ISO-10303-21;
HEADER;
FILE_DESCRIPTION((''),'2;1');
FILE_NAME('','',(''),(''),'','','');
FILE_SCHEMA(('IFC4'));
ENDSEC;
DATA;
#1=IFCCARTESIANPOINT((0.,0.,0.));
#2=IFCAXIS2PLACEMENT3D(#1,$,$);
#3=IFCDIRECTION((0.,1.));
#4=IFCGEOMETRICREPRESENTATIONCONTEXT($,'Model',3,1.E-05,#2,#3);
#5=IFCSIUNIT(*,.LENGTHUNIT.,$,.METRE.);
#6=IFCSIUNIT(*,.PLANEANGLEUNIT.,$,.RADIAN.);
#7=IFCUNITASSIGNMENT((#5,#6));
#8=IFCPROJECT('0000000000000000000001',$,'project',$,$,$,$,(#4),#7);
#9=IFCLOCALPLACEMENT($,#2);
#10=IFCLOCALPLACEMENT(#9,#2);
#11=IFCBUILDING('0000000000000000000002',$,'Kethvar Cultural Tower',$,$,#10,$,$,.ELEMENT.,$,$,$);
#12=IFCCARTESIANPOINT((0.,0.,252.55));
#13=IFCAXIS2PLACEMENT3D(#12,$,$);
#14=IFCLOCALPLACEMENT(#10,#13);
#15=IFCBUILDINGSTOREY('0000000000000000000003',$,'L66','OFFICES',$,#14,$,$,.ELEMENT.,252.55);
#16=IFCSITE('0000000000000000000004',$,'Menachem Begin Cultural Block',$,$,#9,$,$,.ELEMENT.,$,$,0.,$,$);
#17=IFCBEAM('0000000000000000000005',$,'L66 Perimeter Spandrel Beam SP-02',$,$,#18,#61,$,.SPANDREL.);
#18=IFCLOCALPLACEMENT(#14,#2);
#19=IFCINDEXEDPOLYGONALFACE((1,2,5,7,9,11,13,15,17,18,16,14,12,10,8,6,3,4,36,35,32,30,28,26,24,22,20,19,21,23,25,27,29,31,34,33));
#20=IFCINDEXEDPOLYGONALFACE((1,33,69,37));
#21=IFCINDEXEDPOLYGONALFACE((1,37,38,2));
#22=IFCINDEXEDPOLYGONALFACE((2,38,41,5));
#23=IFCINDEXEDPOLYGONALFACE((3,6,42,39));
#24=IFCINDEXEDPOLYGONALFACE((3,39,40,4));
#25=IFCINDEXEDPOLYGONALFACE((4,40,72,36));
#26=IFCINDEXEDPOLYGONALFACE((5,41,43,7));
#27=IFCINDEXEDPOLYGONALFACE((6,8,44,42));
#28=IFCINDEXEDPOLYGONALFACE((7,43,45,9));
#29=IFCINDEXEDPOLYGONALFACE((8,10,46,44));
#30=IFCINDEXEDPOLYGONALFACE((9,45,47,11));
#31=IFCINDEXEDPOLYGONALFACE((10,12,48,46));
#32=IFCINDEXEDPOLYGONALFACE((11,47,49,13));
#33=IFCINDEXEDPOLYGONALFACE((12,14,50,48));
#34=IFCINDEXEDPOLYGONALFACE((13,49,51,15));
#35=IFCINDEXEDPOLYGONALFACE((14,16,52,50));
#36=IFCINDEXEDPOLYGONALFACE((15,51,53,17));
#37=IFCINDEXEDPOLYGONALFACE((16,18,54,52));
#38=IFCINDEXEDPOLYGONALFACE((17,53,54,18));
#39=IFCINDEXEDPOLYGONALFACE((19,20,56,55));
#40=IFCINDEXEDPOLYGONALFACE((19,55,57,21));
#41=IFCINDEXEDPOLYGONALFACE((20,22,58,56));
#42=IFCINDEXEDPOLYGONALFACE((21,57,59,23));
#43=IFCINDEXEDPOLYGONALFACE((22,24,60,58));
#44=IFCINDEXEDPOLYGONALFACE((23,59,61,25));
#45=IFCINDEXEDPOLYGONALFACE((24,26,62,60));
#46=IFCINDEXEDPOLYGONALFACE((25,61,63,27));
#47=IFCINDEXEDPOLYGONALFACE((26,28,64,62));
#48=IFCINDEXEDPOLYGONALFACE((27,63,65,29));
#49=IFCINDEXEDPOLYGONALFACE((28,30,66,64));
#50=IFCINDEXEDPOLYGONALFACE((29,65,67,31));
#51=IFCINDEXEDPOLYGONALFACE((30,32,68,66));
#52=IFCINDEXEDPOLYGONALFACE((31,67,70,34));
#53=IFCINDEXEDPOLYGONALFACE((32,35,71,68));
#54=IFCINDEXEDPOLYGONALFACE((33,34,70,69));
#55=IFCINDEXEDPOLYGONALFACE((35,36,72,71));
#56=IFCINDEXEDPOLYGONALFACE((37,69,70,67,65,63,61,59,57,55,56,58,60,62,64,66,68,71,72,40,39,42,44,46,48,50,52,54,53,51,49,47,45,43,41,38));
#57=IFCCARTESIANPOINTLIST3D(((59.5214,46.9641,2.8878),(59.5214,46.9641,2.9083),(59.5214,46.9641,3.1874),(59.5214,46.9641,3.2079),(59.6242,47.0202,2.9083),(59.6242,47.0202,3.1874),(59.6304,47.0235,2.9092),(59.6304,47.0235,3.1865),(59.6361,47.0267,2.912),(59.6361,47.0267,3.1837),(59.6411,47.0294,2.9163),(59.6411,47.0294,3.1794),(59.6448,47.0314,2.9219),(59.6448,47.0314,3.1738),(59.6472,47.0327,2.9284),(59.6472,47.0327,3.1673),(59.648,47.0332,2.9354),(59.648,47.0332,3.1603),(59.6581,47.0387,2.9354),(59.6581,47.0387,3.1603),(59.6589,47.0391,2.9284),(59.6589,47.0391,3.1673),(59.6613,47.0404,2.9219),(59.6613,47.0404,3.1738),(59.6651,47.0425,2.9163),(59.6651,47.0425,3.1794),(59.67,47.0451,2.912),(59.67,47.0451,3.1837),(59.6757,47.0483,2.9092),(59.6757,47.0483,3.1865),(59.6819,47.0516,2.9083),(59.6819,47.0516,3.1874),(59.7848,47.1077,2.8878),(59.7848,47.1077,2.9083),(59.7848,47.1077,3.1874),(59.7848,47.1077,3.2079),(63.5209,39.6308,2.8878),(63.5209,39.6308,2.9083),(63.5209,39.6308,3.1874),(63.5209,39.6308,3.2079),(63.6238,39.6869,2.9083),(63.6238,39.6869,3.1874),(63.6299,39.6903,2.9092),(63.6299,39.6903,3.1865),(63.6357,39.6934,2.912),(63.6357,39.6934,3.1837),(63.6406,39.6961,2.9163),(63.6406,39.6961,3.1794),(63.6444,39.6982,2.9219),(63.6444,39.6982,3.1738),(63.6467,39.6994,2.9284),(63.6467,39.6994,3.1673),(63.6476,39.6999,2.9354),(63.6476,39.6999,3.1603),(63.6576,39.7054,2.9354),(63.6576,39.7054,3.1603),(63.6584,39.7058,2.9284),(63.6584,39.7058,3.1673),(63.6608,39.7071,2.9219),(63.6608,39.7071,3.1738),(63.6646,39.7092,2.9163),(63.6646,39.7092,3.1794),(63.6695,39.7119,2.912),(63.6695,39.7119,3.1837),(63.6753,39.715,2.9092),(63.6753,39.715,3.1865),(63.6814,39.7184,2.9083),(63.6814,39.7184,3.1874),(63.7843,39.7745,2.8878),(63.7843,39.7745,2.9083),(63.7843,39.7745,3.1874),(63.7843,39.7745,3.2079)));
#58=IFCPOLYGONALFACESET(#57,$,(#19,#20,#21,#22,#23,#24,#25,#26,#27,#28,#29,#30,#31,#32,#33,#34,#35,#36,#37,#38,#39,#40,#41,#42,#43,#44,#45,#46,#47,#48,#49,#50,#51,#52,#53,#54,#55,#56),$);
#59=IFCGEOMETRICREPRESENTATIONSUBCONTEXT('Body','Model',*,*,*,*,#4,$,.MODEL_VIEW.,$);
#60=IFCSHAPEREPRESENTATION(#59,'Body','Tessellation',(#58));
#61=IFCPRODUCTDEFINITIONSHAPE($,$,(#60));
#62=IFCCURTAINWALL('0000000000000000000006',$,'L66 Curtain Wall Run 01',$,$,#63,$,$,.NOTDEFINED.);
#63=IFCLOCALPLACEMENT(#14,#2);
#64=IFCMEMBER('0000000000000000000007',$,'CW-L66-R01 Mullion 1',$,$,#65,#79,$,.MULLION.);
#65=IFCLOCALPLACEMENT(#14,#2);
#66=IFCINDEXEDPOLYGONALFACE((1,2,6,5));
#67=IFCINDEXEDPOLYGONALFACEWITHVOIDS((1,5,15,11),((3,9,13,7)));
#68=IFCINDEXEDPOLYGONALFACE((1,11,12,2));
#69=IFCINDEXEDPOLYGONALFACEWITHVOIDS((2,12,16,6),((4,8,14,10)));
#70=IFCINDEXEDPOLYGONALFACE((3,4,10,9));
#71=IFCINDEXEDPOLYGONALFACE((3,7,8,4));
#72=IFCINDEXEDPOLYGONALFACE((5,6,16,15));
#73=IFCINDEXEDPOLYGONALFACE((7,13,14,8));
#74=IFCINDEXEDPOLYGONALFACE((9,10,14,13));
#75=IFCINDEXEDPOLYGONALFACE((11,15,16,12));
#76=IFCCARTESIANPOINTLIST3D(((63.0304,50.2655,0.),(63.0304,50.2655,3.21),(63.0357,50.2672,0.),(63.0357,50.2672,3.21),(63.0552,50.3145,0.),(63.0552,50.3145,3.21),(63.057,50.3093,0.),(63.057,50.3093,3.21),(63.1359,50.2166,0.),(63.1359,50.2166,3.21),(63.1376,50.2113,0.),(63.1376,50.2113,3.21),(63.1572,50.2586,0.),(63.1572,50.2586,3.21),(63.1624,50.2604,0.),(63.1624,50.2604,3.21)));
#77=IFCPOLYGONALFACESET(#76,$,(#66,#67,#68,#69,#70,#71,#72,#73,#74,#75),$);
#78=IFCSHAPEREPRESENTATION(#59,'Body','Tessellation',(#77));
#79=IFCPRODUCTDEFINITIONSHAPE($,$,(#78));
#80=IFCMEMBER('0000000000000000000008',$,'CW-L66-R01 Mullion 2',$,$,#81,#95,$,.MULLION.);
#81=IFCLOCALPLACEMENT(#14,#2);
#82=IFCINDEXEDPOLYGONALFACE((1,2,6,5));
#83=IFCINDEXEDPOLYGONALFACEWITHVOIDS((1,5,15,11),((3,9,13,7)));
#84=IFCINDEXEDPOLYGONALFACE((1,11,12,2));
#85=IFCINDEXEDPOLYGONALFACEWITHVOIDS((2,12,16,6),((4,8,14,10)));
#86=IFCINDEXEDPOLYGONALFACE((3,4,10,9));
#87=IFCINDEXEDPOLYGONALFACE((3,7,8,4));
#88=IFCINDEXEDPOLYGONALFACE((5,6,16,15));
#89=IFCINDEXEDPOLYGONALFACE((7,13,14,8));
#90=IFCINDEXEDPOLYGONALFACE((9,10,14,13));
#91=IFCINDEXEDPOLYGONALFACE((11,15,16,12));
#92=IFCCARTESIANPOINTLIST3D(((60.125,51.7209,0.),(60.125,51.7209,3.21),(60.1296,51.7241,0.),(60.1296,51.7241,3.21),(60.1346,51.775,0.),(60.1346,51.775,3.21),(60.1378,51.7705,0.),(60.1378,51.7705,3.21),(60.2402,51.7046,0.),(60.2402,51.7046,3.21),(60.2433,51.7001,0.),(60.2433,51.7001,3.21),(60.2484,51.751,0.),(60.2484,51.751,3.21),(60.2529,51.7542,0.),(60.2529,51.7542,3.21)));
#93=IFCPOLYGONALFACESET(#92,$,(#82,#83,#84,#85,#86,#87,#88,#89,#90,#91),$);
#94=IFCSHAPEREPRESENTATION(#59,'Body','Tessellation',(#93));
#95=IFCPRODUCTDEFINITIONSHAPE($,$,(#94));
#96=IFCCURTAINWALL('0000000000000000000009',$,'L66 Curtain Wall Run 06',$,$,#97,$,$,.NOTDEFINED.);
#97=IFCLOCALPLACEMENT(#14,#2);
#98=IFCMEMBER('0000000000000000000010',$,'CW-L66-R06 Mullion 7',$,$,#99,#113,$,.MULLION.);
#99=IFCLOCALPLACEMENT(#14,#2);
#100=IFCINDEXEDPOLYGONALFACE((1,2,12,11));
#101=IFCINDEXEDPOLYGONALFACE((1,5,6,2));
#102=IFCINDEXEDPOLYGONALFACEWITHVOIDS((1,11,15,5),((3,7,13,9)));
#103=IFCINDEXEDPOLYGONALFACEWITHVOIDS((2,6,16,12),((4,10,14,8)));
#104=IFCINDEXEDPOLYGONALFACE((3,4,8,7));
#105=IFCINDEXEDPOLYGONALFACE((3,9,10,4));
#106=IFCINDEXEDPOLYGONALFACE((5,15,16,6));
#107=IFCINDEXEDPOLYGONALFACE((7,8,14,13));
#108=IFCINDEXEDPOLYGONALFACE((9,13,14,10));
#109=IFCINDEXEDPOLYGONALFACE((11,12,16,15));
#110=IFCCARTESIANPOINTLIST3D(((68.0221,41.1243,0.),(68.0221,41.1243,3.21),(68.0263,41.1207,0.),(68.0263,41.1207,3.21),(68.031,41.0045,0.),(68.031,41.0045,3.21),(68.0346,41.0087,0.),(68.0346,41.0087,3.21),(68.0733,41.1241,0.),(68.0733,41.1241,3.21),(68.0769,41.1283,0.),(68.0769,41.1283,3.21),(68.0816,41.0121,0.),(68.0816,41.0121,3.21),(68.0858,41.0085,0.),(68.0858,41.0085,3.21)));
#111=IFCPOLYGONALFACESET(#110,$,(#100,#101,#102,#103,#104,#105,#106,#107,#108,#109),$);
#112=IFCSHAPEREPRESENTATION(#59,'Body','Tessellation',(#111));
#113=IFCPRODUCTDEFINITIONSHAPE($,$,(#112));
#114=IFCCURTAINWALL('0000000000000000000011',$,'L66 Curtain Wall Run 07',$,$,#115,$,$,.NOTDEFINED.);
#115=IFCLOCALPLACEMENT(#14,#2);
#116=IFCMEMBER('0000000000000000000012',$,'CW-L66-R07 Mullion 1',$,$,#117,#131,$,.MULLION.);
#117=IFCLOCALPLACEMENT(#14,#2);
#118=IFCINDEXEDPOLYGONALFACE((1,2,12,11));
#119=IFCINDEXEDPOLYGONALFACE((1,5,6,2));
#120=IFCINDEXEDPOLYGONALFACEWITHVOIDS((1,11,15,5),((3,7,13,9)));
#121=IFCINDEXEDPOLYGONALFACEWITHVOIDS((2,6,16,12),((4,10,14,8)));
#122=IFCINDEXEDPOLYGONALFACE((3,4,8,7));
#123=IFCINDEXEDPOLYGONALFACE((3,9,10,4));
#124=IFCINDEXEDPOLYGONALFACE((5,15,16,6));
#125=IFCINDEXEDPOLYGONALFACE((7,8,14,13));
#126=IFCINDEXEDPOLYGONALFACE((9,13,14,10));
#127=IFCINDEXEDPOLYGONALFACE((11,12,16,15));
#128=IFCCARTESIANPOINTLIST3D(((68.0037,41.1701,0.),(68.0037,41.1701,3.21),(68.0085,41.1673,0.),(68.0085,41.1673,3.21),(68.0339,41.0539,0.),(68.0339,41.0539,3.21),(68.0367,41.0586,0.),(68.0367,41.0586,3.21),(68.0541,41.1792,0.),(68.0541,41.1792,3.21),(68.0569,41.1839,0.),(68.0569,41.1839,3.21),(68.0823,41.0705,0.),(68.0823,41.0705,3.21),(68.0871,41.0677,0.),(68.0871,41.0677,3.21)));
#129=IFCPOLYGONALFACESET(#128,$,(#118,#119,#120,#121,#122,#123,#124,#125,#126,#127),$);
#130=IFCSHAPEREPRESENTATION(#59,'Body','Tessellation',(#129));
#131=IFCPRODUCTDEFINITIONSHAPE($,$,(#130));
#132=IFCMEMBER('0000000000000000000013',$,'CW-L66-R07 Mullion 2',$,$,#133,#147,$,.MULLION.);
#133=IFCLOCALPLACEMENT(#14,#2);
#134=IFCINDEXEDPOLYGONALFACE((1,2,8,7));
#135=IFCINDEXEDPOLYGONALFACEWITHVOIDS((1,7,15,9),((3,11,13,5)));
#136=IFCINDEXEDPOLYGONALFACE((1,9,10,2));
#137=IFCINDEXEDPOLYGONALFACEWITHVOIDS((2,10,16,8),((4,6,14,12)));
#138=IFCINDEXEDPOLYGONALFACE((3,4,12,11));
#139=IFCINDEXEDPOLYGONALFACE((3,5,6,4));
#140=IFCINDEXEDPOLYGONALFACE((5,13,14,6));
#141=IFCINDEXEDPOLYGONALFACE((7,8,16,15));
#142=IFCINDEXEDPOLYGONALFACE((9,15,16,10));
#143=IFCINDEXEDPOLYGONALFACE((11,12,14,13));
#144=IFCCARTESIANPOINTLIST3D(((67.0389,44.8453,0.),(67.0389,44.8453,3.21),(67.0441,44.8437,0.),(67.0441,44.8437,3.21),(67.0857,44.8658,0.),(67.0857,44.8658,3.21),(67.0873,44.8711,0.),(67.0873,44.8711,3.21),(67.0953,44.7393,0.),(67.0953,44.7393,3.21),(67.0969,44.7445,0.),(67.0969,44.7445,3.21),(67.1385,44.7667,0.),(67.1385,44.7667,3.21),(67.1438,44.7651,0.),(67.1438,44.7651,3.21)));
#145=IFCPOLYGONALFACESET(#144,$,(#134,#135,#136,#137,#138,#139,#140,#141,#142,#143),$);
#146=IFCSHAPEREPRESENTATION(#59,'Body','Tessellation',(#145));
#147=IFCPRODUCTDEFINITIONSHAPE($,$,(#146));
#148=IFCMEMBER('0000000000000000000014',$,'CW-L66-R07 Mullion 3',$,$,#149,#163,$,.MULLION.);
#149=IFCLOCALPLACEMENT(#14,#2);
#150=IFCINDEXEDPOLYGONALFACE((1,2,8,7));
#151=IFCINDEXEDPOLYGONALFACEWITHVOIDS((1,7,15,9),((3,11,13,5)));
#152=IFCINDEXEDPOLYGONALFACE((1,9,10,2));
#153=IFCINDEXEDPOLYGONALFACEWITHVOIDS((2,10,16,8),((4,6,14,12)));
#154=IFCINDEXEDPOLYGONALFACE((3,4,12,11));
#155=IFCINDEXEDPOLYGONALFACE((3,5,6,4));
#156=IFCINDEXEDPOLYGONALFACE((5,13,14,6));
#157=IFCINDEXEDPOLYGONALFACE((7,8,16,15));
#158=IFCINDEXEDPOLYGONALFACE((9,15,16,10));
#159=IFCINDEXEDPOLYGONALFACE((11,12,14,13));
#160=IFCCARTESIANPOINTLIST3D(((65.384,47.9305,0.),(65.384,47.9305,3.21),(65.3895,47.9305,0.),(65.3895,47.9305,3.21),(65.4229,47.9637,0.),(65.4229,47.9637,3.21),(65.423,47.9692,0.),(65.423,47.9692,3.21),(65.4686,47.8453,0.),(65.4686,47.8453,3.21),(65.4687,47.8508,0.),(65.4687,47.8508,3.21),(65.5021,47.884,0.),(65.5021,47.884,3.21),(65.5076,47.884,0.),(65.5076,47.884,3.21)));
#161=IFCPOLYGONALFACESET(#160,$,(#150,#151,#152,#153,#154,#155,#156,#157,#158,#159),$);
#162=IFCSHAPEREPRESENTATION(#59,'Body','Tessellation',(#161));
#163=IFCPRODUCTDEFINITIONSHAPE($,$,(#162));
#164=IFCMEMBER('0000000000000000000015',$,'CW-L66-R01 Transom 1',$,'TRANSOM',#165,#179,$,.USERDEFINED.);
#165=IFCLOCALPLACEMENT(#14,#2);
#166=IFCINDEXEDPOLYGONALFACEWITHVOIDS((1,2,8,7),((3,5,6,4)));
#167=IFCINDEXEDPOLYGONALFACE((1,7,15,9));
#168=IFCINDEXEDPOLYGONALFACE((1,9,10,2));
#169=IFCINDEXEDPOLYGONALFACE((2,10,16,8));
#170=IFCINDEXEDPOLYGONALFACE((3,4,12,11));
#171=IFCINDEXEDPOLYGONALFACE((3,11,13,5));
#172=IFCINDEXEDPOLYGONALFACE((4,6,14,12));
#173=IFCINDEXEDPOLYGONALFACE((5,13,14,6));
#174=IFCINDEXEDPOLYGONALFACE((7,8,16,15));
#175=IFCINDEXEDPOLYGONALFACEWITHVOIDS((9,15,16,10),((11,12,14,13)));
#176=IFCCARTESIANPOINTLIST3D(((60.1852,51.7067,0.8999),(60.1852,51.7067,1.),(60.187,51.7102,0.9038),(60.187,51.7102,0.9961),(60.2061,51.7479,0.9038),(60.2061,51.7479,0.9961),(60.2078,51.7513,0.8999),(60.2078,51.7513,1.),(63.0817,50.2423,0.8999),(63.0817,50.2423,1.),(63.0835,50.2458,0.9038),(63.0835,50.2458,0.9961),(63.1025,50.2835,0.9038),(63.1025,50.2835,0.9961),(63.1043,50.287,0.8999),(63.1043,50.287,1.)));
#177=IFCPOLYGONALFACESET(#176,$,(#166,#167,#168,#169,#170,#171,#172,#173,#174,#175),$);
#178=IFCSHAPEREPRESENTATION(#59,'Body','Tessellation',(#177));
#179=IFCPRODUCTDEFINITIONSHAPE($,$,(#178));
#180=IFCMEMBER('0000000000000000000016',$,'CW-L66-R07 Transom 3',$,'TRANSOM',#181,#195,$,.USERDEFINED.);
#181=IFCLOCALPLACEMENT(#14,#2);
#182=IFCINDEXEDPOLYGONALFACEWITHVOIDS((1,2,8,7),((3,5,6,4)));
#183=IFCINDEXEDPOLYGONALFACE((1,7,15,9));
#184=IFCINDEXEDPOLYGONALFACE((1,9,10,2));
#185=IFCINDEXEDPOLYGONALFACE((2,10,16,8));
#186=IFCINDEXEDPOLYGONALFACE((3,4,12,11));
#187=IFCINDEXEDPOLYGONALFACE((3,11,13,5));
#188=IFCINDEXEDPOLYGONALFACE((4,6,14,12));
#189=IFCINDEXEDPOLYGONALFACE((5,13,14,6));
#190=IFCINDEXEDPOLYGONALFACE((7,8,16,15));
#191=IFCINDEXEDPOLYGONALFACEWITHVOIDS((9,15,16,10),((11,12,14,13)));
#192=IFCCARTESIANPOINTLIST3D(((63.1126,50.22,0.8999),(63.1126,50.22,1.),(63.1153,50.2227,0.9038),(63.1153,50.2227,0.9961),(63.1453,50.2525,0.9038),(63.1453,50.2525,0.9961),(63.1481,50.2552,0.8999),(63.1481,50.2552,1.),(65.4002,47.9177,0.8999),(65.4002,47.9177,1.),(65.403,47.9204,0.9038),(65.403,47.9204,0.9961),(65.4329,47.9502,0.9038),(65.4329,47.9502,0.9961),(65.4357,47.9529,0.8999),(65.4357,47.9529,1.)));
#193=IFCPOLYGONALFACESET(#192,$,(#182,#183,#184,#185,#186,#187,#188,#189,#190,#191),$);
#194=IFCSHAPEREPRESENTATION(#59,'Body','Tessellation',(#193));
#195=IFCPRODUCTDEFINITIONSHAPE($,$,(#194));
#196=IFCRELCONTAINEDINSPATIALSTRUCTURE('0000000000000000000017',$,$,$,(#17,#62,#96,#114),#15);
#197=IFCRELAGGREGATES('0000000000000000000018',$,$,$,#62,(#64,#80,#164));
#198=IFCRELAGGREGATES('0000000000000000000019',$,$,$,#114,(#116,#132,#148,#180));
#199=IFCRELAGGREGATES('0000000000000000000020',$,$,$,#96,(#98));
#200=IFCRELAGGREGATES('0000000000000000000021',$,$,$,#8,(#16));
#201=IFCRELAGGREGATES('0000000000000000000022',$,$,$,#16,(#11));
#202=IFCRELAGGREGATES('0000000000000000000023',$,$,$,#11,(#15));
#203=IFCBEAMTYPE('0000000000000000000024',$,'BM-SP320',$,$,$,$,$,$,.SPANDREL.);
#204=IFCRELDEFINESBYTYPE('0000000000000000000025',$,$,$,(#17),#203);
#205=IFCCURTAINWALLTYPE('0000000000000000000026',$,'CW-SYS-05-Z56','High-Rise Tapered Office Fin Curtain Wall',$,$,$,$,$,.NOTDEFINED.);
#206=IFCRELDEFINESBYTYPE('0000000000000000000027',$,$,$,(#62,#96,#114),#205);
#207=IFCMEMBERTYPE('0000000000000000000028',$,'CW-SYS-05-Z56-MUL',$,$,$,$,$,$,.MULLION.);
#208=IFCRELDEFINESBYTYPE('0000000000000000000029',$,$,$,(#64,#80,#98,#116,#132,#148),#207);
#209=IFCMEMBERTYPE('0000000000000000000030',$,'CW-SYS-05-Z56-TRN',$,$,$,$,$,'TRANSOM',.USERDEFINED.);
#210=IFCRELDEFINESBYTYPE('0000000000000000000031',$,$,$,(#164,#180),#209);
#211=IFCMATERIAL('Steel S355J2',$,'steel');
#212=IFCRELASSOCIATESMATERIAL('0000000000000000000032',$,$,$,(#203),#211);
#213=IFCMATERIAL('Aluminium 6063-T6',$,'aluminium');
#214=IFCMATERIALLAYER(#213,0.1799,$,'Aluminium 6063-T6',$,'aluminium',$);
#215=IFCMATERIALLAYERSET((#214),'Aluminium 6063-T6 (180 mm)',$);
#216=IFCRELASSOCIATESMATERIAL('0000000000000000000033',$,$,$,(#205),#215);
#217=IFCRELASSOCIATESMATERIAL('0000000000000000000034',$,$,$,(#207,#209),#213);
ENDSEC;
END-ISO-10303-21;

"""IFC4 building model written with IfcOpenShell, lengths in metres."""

from ifc_helpers import new_model, si_unit, direction, frame, origin, origin_2d, place, context, subcontext, project, spatial, hollow_rectangle, i_section, extrude, source, transform, mapped, material, layer, layer_set, material_profile, profile_set, type_object, element, aggregate, save


model = new_model("IFC4")

# Units and contexts
model_context = context("Model", 3, precision=1e-05, world=origin(), true_north=direction((0.0, 1.0)))
body_context = subcontext(model_context, "Body", "Model", "MODEL_VIEW")
ifc_project = project(units=[si_unit("LENGTHUNIT", "METRE"), si_unit("PLANEANGLEUNIT", "RADIAN")], contexts=[model_context])

# Site, building, storey
site_placement = place(None, origin())
site = spatial("IfcSite", under=ifc_project, at=site_placement, Name="Menachem Begin Cultural Block", CompositionType="ELEMENT", RefElevation=0.0)
building_placement = place(site_placement, origin())
building = spatial("IfcBuilding", under=site, at=building_placement, Name="Kethvar Cultural Tower", CompositionType="ELEMENT")
storey_placement = place(building_placement, frame((0.0, 0.0, 252.55)))
storey = spatial("IfcBuildingStorey", under=building, at=storey_placement, Name="L66", Description="OFFICES", CompositionType="ELEMENT", Elevation=252.55)

# Beam
ifc_material_1 = material(Name="Steel S355J2", Category="steel")
ifc_material_profile_1 = material_profile(ifc_material_1, i_section(OverallWidth=0.3, OverallDepth=0.3201, WebThickness=0.0115, FlangeThickness=0.0205, FilletRadius=0.0271, at=origin_2d()), Name="Steel S355J2 — HEB320")
ifc_profile_set_1 = profile_set([ifc_material_profile_1], Name="Steel S355J2 — HEB320")
beam_type = type_object("IfcBeamType", Name="BM-SP320", PredefinedType="SPANDREL", material=ifc_profile_set_1)
shared_shape_1 = source(origin(), body_context, "Body", "SweptSolid", [
    extrude(i_section(OverallWidth=0.3, OverallDepth=0.3201, WebThickness=0.0115, FlangeThickness=0.0205, FilletRadius=0.0271, at=origin_2d()), origin(), (0.0, 0.0, 1.0), 8.353),
])
beam_placement = place(storey_placement, frame((63.6526, 39.7026, 3.0479), z_axis=(-0.478811, 0.877918, 0.0), x_axis=(-0.877918, -0.478811, 0.0)))
element("IfcBeam", 1, at=beam_placement, inside=storey, type_object=beam_type, Name="L66 Perimeter Spandrel Beam SP-02", PredefinedType="SPANDREL", context=body_context, shape_type="MappedRepresentation", body=[
    mapped(shared_shape_1, transform((0.0, 0.0, 0.0), scale=1.0)),
])

# Curtain wall, members
ifc_material_2 = material(Name="Aluminium 6063-T6", Category="aluminium")
ifc_layer_1 = layer(ifc_material_2, 0.1799, Name="Aluminium 6063-T6", Category="aluminium")
ifc_layer_set_1 = layer_set([ifc_layer_1], Name="Aluminium 6063-T6 (180 mm)")
curtain_wall_type = type_object("IfcCurtainWallType", Name="CW-SYS-05-Z56", Description="High-Rise Tapered Office Fin Curtain Wall", PredefinedType="NOTDEFINED", material=ifc_layer_set_1)
curtain_wall_1_placement = place(storey_placement, origin())
curtain_wall_1 = element("IfcCurtainWall", 2, at=curtain_wall_1_placement, inside=storey, type_object=curtain_wall_type, Name="L66 Curtain Wall Run 01", PredefinedType="NOTDEFINED")
ifc_material_profile_2 = material_profile(ifc_material_2, hollow_rectangle(XDim=0.0549, YDim=0.1201, WallThickness=0.0039, at=origin_2d()), Name="Aluminium 6063-T6 — RHS120x55x4")
ifc_profile_set_2 = profile_set([ifc_material_profile_2], Name="Aluminium 6063-T6 — RHS120x55x4")
member_type_1 = type_object("IfcMemberType", Name="CW-SYS-05-Z56-MUL", PredefinedType="MULLION", material=ifc_profile_set_2)
shared_shape_2 = source(origin(), body_context, "Body", "SweptSolid", [
    extrude(hollow_rectangle(XDim=0.0549, YDim=0.1201, WallThickness=0.0039, at=origin_2d()), origin(), (0.0, 0.0, 1.0), 3.21),
])
member_1_placement = place(storey_placement, frame((63.0964, 50.2629, 0.0), z_axis=(0.0, 0.0, 1.0), x_axis=(-0.451142, -0.892452, 0.0)))
member_1 = element("IfcMember", 3, at=member_1_placement, type_object=member_type_1, Name="CW-L66-R01 Mullion 1", PredefinedType="MULLION", context=body_context, shape_type="MappedRepresentation", body=[
    mapped(shared_shape_2, transform((0.0, 0.0, 0.0), scale=1.0)),
])
member_2_placement = place(storey_placement, frame((60.189, 51.7375, 0.0), z_axis=(0.0, 0.0, 1.0), x_axis=(-0.173889, -0.984765, 0.0)))
member_2 = element("IfcMember", 4, at=member_2_placement, type_object=member_type_1, Name="CW-L66-R01 Mullion 2", PredefinedType="MULLION", context=body_context, shape_type="MappedRepresentation", body=[
    mapped(shared_shape_2, transform((0.0, 0.0, 0.0), scale=1.0)),
])

# Curtain wall, member
curtain_wall_2_placement = place(storey_placement, origin())
curtain_wall_2 = element("IfcCurtainWall", 5, at=curtain_wall_2_placement, inside=storey, type_object=curtain_wall_type, Name="L66 Curtain Wall Run 06", PredefinedType="NOTDEFINED")
member_3_placement = place(storey_placement, frame((68.054, 41.0664, 0.0), z_axis=(0.0, 0.0, 1.0), x_axis=(-0.997272, -0.073813, 0.0)))
member_3 = element("IfcMember", 6, at=member_3_placement, type_object=member_type_1, Name="CW-L66-R06 Mullion 7", PredefinedType="MULLION", context=body_context, shape_type="MappedRepresentation", body=[
    mapped(shared_shape_2, transform((0.0, 0.0, 0.0), scale=1.0)),
])

# Curtain wall, members
curtain_wall_3_placement = place(storey_placement, origin())
curtain_wall_3 = element("IfcCurtainWall", 7, at=curtain_wall_3_placement, inside=storey, type_object=curtain_wall_type, Name="L66 Curtain Wall Run 07", PredefinedType="NOTDEFINED")
member_4_placement = place(storey_placement, frame((68.0454, 41.1189, 0.0), z_axis=(0.0, 0.0, 1.0), x_axis=(-0.967929, -0.251225, 0.0)))
member_4 = element("IfcMember", 8, at=member_4_placement, type_object=member_type_1, Name="CW-L66-R07 Mullion 1", PredefinedType="MULLION", context=body_context, shape_type="MappedRepresentation", body=[
    mapped(shared_shape_2, transform((0.0, 0.0, 0.0), scale=1.0)),
])
member_5_placement = place(storey_placement, frame((67.0913, 44.8052, 0.0), z_axis=(0.0, 0.0, 1.0), x_axis=(-0.882841, -0.469672, 0.0)))
member_5 = element("IfcMember", 9, at=member_5_placement, type_object=member_type_1, Name="CW-L66-R07 Mullion 2", PredefinedType="MULLION", context=body_context, shape_type="MappedRepresentation", body=[
    mapped(shared_shape_2, transform((0.0, 0.0, 0.0), scale=1.0)),
])
member_6_placement = place(storey_placement, frame((65.4458, 47.9072, 0.0), z_axis=(0.0, 0.0, 1.0), x_axis=(-0.709362, -0.704845, 0.0)))
member_6 = element("IfcMember", 10, at=member_6_placement, type_object=member_type_1, Name="CW-L66-R07 Mullion 3", PredefinedType="MULLION", context=body_context, shape_type="MappedRepresentation", body=[
    mapped(shared_shape_2, transform((0.0, 0.0, 0.0), scale=1.0)),
])

# Members
ifc_material_profile_3 = material_profile(ifc_material_2, hollow_rectangle(XDim=0.05, YDim=0.1001, WallThickness=0.0039, at=origin_2d()), Name="Aluminium 6063-T6 — RHS100x50x4")
ifc_profile_set_3 = profile_set([ifc_material_profile_3], Name="Aluminium 6063-T6 — RHS100x50x4")
member_type_2 = type_object("IfcMemberType", Name="CW-SYS-05-Z56-TRN", ElementType="TRANSOM", PredefinedType="USERDEFINED", material=ifc_profile_set_3)
shared_shape_3 = source(origin(), body_context, "Body", "SweptSolid", [
    extrude(hollow_rectangle(XDim=0.05, YDim=0.1001, WallThickness=0.0039, at=origin_2d()), origin(), (0.0, 0.0, 1.0), 3.2456),
])
member_7_placement = place(storey_placement, frame((63.093, 50.2646, 0.95), z_axis=(-0.892433, 0.451181, 0.0), x_axis=(-0.451181, -0.892433, 0.0)))
member_7 = element("IfcMember", 11, at=member_7_placement, type_object=member_type_2, Name="CW-L66-R01 Transom 1", ObjectType="TRANSOM", PredefinedType="USERDEFINED", context=body_context, shape_type="MappedRepresentation", body=[
    mapped(shared_shape_3, transform((0.0, 0.0, 0.0), scale=1.0)),
])
member_8_placement = place(storey_placement, frame((65.418, 47.9353, 0.95), z_axis=(-0.704846, 0.70936, 0.0), x_axis=(-0.70936, -0.704846, 0.0)))
member_8 = element("IfcMember", 12, at=member_8_placement, type_object=member_type_2, Name="CW-L66-R07 Transom 3", ObjectType="TRANSOM", PredefinedType="USERDEFINED", context=body_context, shape_type="MappedRepresentation", body=[
    mapped(shared_shape_3, transform((0.0, 0.0, 0.0), scale=1.0)),
])

aggregate(curtain_wall_1, [member_1, member_2, member_7])
aggregate(curtain_wall_3, [member_4, member_5, member_6, member_8])
aggregate(curtain_wall_2, [member_3])

save(model, "model.ifc")
